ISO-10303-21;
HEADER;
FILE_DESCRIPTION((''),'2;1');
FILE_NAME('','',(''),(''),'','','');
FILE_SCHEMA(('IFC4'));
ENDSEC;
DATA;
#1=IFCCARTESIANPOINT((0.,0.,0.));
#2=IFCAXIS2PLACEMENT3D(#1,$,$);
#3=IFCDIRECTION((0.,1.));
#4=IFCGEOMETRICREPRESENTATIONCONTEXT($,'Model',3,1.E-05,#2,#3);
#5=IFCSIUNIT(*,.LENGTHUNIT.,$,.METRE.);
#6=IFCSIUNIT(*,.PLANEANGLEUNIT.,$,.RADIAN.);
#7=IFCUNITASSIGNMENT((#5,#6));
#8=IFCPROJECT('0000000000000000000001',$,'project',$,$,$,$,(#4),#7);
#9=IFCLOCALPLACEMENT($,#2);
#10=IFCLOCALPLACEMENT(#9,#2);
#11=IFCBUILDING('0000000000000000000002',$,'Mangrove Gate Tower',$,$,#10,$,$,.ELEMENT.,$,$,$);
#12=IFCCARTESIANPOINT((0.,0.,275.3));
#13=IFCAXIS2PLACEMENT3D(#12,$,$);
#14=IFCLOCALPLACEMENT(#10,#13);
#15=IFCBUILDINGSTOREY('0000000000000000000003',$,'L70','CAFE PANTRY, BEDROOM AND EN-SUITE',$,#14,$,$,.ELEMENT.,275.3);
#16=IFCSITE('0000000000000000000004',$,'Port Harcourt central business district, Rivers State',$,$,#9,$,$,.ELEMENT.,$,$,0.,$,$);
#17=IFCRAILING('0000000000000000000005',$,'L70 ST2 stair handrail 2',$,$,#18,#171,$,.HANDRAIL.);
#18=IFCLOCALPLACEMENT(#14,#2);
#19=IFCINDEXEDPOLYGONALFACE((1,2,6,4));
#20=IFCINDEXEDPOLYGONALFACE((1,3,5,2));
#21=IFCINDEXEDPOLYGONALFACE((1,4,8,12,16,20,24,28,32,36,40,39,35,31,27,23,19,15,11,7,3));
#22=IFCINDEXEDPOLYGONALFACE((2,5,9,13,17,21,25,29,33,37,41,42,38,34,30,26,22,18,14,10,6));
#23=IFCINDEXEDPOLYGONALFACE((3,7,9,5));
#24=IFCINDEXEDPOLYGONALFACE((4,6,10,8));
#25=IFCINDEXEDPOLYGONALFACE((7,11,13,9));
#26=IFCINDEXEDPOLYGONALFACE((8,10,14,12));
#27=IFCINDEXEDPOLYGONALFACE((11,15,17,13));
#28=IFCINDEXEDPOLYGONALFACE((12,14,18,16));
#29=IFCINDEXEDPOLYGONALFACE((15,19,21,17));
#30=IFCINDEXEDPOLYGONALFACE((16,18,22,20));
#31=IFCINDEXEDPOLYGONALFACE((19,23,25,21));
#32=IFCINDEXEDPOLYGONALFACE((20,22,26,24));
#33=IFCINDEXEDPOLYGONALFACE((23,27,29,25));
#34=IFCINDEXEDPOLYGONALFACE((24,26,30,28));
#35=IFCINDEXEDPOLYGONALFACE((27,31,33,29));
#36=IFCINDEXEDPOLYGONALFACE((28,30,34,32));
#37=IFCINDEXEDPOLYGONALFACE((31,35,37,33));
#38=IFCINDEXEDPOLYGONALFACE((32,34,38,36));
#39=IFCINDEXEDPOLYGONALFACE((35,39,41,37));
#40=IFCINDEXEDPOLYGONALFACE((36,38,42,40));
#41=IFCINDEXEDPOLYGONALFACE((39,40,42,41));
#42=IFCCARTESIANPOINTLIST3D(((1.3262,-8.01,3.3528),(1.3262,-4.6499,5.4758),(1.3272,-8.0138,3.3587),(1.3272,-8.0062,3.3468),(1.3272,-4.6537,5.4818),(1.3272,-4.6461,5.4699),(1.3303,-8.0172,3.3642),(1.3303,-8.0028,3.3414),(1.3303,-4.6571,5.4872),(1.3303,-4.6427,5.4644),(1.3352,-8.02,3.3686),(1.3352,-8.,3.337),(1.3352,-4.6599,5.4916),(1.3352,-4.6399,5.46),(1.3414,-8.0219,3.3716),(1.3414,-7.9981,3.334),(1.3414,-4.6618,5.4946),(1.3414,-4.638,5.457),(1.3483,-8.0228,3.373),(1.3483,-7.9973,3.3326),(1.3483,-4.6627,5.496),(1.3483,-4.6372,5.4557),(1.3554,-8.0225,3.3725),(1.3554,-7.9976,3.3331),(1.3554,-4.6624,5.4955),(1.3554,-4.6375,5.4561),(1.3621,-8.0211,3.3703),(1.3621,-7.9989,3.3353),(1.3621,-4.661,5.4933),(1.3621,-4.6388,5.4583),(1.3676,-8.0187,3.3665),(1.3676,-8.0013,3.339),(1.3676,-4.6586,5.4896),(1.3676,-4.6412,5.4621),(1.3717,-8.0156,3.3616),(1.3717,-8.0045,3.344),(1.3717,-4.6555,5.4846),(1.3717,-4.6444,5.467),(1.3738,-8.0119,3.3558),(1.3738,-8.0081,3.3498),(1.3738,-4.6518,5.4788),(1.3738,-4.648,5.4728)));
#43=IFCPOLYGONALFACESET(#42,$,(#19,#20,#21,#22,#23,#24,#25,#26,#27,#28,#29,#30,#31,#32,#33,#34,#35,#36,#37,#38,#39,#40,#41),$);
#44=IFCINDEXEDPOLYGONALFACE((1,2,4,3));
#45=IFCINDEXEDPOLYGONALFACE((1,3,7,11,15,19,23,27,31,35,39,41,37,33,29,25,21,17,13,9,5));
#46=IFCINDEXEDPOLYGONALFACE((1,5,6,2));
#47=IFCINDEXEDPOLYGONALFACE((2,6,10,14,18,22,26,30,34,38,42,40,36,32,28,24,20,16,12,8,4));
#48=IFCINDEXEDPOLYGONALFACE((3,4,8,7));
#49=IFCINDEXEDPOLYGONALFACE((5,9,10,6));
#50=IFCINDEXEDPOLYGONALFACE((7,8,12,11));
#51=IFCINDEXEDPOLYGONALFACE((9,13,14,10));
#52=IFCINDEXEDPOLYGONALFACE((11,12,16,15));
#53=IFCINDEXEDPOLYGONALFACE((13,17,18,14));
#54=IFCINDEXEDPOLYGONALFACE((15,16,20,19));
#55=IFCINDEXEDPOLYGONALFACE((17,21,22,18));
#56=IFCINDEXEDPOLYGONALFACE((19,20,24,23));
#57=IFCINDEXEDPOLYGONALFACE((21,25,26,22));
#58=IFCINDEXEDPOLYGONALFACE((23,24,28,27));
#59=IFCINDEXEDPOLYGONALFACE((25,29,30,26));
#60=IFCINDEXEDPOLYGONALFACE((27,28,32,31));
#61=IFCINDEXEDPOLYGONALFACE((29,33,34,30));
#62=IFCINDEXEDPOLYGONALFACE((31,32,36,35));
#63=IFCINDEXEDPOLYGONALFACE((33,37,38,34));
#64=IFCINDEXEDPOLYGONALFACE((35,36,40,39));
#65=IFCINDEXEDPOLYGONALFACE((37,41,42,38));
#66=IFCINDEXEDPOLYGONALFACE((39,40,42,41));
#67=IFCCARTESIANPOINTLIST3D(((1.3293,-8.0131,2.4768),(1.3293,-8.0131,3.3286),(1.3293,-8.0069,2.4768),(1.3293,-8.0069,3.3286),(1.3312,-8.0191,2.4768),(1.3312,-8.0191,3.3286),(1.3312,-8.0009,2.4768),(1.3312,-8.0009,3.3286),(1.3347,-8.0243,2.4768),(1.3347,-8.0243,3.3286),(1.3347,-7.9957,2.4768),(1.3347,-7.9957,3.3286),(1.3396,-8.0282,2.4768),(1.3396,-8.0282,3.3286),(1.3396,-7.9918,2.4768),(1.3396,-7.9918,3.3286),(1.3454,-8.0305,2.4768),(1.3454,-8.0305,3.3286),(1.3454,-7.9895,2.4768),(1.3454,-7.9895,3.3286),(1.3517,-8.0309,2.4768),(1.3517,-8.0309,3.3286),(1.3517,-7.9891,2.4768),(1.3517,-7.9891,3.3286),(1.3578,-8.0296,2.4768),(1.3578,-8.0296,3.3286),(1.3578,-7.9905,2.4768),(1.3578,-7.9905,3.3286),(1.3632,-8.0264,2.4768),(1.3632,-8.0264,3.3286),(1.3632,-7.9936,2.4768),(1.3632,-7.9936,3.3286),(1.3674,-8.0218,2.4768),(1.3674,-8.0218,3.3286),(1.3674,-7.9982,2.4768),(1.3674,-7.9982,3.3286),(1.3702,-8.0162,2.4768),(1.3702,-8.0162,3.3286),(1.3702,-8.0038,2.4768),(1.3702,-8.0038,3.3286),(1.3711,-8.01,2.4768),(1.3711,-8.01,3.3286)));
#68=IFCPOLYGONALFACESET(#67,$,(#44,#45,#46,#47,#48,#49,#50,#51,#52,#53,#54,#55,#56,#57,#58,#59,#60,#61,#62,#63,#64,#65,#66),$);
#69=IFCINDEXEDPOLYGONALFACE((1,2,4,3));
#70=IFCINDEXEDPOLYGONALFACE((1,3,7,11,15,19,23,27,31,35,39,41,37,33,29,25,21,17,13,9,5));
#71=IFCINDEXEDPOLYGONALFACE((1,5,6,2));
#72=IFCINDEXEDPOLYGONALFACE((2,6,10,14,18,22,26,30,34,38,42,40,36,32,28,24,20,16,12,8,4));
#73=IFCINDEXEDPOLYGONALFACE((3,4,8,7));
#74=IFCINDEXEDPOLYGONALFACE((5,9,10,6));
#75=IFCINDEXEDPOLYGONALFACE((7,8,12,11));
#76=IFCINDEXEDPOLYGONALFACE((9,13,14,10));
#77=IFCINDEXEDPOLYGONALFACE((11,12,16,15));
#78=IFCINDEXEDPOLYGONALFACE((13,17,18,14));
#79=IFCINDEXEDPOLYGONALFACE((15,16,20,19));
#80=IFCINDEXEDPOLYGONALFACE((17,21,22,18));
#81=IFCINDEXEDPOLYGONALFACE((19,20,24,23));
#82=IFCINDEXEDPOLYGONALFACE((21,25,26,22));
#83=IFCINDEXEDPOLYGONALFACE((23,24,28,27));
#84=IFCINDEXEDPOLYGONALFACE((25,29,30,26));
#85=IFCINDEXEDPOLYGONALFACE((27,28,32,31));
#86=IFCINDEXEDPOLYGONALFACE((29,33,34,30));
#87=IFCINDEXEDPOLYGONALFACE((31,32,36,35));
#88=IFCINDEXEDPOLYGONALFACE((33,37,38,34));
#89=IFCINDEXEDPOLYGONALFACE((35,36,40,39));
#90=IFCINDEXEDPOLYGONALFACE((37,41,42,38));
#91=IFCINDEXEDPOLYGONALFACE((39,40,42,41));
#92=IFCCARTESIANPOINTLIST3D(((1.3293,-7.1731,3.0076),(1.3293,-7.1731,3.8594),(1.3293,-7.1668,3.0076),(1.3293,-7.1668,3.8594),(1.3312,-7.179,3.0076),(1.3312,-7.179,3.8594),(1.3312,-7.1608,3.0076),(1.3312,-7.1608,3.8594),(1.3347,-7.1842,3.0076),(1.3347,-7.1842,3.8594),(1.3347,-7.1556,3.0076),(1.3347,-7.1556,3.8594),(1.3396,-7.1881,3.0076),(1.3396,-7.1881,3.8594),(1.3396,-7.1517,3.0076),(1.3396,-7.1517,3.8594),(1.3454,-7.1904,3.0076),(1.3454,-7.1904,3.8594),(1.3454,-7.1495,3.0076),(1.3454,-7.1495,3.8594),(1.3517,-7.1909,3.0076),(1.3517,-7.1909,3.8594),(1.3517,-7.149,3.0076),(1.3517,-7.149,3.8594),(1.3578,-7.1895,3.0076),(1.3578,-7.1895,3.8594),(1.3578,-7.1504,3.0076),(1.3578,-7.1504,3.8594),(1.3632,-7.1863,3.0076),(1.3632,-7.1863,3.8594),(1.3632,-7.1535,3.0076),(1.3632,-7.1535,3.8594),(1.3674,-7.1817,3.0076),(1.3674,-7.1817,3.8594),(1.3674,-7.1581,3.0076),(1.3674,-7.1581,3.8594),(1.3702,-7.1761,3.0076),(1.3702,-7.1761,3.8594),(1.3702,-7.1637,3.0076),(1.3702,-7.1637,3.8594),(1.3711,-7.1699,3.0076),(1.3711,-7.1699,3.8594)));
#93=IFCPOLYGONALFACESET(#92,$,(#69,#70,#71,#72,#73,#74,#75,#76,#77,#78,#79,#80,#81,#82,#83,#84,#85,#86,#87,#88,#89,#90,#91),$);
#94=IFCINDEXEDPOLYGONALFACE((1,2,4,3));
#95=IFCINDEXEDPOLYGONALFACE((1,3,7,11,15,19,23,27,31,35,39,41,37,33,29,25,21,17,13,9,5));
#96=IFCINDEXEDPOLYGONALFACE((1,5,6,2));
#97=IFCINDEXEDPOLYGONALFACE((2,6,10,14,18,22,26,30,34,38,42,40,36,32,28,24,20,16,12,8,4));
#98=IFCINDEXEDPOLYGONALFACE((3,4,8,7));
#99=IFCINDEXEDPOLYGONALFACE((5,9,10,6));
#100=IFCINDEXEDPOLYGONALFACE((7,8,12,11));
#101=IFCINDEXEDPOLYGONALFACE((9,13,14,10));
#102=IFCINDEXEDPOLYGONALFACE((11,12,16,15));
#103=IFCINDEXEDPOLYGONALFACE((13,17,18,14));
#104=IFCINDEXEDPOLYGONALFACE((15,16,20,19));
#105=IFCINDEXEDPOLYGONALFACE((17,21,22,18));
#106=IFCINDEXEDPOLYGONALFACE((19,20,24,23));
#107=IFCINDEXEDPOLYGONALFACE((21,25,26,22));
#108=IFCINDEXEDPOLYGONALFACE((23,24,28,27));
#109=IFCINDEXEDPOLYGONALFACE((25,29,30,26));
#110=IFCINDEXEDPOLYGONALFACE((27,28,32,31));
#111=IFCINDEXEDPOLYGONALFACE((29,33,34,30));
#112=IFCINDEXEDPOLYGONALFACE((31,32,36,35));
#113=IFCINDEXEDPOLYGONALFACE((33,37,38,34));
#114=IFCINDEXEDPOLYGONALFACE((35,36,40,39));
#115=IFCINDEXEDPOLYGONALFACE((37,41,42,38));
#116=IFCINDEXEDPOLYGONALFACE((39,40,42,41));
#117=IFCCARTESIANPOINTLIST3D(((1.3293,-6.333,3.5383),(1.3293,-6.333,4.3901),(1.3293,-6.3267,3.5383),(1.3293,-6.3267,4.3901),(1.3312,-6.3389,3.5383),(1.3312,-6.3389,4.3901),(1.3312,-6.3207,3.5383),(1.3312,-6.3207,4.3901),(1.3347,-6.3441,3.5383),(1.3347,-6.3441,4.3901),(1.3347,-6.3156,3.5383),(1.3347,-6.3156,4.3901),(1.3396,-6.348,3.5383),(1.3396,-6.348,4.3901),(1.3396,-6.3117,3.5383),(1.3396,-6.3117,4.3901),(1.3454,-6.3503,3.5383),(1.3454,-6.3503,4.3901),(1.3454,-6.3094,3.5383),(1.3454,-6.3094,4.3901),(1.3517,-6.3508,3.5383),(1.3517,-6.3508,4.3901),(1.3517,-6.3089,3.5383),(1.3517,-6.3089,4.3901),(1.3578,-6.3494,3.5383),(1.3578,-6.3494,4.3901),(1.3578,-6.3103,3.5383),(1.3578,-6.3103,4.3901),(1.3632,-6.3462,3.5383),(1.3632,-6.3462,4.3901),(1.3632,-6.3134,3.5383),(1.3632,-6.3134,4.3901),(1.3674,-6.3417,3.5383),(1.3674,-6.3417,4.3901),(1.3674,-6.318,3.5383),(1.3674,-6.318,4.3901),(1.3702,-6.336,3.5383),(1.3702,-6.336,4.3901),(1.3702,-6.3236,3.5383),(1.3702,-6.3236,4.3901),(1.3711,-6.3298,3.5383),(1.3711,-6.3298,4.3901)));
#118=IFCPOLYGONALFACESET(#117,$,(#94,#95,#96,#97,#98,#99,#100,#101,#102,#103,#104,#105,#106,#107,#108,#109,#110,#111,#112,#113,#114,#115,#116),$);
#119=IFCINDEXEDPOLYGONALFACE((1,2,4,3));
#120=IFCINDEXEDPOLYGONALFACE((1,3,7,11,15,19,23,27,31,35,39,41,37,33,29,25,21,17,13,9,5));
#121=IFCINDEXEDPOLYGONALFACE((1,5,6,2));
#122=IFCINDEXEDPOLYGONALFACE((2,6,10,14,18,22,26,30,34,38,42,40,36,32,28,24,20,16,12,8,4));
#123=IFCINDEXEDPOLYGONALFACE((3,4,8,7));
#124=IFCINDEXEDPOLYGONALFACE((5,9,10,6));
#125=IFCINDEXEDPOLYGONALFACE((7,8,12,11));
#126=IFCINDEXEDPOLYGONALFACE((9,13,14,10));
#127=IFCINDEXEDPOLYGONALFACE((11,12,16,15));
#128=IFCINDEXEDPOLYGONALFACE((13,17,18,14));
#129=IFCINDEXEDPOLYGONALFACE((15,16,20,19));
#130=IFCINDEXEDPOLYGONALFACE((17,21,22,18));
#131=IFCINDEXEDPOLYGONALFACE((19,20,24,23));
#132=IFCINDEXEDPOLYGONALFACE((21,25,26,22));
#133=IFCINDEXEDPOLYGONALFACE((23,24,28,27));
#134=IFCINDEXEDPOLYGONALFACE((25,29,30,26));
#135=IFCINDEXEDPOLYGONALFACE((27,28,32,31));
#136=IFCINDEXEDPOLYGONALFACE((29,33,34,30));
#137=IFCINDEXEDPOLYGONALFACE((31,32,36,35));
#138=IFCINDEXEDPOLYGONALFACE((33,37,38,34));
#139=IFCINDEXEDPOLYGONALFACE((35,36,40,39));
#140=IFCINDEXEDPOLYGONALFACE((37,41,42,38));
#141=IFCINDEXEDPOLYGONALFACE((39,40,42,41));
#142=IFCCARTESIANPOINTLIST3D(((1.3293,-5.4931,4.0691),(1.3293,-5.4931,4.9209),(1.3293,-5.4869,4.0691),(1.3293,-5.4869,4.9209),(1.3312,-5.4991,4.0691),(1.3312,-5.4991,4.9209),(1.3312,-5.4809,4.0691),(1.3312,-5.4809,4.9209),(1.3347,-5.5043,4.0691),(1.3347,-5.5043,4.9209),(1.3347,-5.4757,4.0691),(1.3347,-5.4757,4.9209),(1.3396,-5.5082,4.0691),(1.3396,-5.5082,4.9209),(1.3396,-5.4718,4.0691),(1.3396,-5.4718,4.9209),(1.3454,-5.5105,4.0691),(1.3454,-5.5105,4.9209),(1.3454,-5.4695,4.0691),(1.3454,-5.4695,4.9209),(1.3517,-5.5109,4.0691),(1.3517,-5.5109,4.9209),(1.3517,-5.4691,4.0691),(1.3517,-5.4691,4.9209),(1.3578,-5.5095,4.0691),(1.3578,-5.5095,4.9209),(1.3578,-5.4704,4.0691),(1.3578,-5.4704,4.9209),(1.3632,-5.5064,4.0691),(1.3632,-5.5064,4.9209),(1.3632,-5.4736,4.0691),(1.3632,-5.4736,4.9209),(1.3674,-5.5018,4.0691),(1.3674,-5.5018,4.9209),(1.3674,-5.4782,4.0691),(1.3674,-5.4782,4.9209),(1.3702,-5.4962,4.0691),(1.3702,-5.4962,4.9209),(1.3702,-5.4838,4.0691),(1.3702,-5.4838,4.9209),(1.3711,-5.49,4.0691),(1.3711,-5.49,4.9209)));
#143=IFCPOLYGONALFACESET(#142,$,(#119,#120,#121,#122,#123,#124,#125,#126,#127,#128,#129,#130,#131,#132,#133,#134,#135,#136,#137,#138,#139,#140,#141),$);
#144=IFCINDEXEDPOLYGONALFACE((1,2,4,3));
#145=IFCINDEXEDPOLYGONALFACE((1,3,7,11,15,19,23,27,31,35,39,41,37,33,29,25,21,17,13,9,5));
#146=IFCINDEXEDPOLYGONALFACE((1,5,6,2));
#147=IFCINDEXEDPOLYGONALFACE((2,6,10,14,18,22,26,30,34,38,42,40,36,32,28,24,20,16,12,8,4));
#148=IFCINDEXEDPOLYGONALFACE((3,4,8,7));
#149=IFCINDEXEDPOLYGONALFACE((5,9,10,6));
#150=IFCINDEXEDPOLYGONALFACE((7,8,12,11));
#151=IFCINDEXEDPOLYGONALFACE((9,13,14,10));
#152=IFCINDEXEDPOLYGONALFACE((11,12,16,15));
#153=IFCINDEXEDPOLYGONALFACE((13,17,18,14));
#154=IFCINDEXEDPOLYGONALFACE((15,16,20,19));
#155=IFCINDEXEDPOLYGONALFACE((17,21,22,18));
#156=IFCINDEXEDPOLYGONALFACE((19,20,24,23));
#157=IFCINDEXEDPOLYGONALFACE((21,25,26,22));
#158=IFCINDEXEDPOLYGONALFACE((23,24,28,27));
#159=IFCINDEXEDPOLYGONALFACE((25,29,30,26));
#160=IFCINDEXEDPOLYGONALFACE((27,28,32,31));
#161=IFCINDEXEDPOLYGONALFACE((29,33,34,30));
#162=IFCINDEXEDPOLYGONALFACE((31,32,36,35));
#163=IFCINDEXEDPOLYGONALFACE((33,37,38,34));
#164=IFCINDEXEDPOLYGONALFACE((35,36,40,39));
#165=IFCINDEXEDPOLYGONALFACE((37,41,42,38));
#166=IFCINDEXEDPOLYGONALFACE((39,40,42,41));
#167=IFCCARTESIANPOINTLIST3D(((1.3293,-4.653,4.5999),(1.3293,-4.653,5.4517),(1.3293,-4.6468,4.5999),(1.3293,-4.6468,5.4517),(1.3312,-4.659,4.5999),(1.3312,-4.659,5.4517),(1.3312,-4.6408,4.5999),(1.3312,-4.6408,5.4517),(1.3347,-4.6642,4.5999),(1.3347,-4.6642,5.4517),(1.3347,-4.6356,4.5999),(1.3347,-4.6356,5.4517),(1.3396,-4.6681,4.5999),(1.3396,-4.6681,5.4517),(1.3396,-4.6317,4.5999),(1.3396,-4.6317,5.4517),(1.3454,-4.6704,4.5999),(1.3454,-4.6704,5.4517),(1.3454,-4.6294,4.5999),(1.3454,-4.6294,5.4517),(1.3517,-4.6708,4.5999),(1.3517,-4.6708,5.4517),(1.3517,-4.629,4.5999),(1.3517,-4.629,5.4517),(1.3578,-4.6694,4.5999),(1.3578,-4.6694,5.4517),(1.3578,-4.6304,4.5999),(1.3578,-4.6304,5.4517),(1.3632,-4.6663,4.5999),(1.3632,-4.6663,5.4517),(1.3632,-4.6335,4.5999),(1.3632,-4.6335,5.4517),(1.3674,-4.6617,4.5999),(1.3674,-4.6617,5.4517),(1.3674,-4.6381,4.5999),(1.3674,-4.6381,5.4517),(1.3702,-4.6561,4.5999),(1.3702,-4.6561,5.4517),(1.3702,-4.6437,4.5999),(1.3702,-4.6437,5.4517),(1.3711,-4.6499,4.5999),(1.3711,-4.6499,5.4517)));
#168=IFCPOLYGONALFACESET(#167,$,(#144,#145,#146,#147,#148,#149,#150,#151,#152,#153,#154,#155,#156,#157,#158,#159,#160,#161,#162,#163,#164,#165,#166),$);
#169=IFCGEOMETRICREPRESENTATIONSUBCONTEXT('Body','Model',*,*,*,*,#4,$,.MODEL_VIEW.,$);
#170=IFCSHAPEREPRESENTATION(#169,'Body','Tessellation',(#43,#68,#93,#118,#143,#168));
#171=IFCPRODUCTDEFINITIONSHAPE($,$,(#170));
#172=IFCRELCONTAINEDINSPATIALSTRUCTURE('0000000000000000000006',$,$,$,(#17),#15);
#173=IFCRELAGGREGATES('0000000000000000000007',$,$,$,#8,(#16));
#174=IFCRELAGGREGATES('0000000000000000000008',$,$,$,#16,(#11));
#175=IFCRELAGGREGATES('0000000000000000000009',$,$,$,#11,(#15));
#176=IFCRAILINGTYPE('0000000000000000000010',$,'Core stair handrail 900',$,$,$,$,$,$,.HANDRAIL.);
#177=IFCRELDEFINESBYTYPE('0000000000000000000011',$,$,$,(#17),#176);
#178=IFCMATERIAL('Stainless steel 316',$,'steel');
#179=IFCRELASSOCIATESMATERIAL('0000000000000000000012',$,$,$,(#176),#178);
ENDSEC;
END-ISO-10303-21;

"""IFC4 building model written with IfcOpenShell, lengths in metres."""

from ifc_helpers import new_model, si_unit, direction, frame, origin, origin_2d, place, context, subcontext, project, spatial, circle, extrude, material, type_object, element, save


model = new_model("IFC4")

# Units and contexts
model_context = context("Model", 3, precision=1e-05, world=origin(), true_north=direction((0.0, 1.0)))
body_context = subcontext(model_context, "Body", "Model", "MODEL_VIEW")
ifc_project = project(units=[si_unit("LENGTHUNIT", "METRE"), si_unit("PLANEANGLEUNIT", "RADIAN")], contexts=[model_context])

# Site, building, storey
site_placement = place(None, origin())
site = spatial("IfcSite", under=ifc_project, at=site_placement, Name="Port Harcourt central business district, Rivers State", CompositionType="ELEMENT", RefElevation=0.0)
building_placement = place(site_placement, origin())
building = spatial("IfcBuilding", under=site, at=building_placement, Name="Mangrove Gate Tower", CompositionType="ELEMENT")
storey_placement = place(building_placement, frame((0.0, 0.0, 275.3)))
storey = spatial("IfcBuildingStorey", under=building, at=storey_placement, Name="L70", Description="CAFE PANTRY, BEDROOM AND EN-SUITE", CompositionType="ELEMENT", Elevation=275.3)

# Railing
ifc_material_1 = material(Name="Stainless steel 316", Category="steel")
railing_type_1 = type_object("IfcRailingType", Name="Core stair handrail 900", PredefinedType="HANDRAIL", material=ifc_material_1)
railing_1_placement = place(storey_placement, frame((1.3501, -8.01, 2.4768)))
element("IfcRailing", 1, at=railing_1_placement, inside=storey, type_object=railing_type_1, Name="L70 ST2 stair handrail 2", PredefinedType="HANDRAIL", context=body_context, shape_type="SweptSolid", body=[
    extrude(circle(Radius=0.0239, at=origin_2d()), frame((0.0, 0.0, 0.876), z_axis=(0.0, 0.84539, 0.53415), x_axis=(-1.0, 0.0, 0.0)), (0.0, 0.0, 1.0), 3.9746),
    extrude(circle(Radius=0.021, at=origin_2d()), origin(), (0.0, 0.0, 1.0), 0.8518),
    extrude(circle(Radius=0.021, at=origin_2d()), frame((0.0, 0.8401, 0.5308)), (0.0, 0.0, 1.0), 0.8518),
    extrude(circle(Radius=0.021, at=origin_2d()), frame((0.0, 1.6802, 1.0615)), (0.0, 0.0, 1.0), 0.8518),
    extrude(circle(Radius=0.021, at=origin_2d()), frame((0.0, 2.52, 1.5923)), (0.0, 0.0, 1.0), 0.8518),
    extrude(circle(Radius=0.021, at=origin_2d()), frame((0.0, 3.3601, 2.123)), (0.0, 0.0, 1.0), 0.8518),
])

save(model, "model.ifc")
